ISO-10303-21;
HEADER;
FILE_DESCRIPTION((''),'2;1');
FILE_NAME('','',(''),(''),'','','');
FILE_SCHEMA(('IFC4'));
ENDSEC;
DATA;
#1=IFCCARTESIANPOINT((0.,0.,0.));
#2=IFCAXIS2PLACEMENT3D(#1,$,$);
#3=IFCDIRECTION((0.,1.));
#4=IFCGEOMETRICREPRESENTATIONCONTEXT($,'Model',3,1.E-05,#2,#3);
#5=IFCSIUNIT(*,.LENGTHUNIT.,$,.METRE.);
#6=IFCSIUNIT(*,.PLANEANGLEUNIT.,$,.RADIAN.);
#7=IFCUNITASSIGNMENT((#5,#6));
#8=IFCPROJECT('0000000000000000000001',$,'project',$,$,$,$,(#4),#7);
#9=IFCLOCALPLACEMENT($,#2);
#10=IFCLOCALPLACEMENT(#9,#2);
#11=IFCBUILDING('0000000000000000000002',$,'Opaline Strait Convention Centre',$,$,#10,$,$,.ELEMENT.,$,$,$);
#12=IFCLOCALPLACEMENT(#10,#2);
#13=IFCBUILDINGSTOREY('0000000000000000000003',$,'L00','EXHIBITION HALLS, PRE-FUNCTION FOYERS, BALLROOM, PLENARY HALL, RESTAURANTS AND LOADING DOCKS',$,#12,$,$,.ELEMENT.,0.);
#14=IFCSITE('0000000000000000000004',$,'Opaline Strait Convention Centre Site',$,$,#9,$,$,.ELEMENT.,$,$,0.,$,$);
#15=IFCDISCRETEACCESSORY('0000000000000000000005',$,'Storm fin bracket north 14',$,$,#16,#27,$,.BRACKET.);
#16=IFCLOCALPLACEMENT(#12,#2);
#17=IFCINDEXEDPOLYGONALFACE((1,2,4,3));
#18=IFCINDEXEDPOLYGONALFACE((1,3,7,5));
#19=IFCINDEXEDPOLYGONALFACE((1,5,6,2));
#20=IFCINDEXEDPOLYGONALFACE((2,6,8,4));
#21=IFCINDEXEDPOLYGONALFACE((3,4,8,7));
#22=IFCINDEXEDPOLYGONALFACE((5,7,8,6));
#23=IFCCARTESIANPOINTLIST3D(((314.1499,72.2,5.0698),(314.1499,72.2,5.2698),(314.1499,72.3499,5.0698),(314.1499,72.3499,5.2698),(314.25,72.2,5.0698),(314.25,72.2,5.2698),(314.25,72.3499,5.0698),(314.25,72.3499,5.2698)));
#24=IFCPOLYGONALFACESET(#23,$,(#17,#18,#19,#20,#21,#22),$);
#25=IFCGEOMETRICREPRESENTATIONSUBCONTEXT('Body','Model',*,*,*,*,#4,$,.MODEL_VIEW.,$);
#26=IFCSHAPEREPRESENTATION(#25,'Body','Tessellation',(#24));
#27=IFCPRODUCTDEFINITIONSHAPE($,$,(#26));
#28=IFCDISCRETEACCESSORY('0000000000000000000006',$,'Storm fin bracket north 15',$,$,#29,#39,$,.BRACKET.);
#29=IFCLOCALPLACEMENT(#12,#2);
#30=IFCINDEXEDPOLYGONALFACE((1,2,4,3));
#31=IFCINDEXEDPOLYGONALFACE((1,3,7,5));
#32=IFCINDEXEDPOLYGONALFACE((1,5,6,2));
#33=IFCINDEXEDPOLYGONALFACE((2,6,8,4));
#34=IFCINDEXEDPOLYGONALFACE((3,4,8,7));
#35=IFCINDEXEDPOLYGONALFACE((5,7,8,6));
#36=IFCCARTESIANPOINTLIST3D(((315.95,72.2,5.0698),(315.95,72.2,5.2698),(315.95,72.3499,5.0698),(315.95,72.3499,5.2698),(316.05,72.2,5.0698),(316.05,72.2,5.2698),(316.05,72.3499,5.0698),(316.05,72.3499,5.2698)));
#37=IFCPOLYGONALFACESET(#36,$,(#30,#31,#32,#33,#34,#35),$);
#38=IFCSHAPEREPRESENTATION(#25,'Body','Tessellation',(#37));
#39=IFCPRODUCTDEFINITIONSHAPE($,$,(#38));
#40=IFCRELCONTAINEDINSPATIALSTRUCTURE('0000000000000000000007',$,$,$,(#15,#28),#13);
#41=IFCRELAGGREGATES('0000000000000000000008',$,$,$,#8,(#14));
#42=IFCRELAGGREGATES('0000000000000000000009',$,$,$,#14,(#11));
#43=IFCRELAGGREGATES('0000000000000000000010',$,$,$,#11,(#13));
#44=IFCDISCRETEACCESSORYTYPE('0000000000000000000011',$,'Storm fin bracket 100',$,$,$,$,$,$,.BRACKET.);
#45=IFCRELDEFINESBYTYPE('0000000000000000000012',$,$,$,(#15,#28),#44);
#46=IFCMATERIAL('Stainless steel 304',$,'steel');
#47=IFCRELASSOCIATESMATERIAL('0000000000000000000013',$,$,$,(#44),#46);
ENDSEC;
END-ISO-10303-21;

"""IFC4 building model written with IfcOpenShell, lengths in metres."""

from ifc_helpers import new_model, si_unit, direction, frame, origin, origin_2d, place, context, subcontext, project, spatial, rectangle, extrude, material, type_object, element, save


model = new_model("IFC4")

# Units and contexts
model_context = context("Model", 3, precision=1e-05, world=origin(), true_north=direction((0.0, 1.0)))
body_context = subcontext(model_context, "Body", "Model", "MODEL_VIEW")
ifc_project = project(units=[si_unit("LENGTHUNIT", "METRE"), si_unit("PLANEANGLEUNIT", "RADIAN")], contexts=[model_context])

# Site, building, storey
site_placement = place(None, origin())
site = spatial("IfcSite", under=ifc_project, at=site_placement, Name="Opaline Strait Convention Centre Site", CompositionType="ELEMENT", RefElevation=0.0)
building_placement = place(site_placement, origin())
building = spatial("IfcBuilding", under=site, at=building_placement, Name="Opaline Strait Convention Centre", CompositionType="ELEMENT")
storey_placement = place(building_placement, origin())
storey = spatial("IfcBuildingStorey", under=building, at=storey_placement, Name="L00", Description="EXHIBITION HALLS, PRE-FUNCTION FOYERS, BALLROOM, PLENARY HALL, RESTAURANTS AND LOADING DOCKS", CompositionType="ELEMENT", Elevation=0.0)

# Discrete accessories
ifc_material_1 = material(Name="Stainless steel 304", Category="steel")
discrete_accessory_type = type_object("IfcDiscreteAccessoryType", Name="Storm fin bracket 100", PredefinedType="BRACKET", material=ifc_material_1)
for number, where, z_axis, x_axis, name in (
    (1, (314.2, 72.2749, 5.0698), (0.0, 0.0, 1.0), (1.0, 0.0, 0.0), "Storm fin bracket north 14"),
    (2, (316.0, 72.2749, 5.0698), (0.0, 0.0, 1.0), (1.0, 0.0, 0.0), "Storm fin bracket north 15"),
):
    element("IfcDiscreteAccessory", number, at=place(storey_placement, frame(where, z_axis=z_axis, x_axis=x_axis)), inside=storey, type_object=discrete_accessory_type, Name=name, PredefinedType="BRACKET", context=body_context, shape_type="SweptSolid", body=[
        extrude(rectangle(XDim=0.1001, YDim=0.1499, at=origin_2d()), origin(), (0.0, 0.0, 1.0), 0.2),
    ])

save(model, "model.ifc")
